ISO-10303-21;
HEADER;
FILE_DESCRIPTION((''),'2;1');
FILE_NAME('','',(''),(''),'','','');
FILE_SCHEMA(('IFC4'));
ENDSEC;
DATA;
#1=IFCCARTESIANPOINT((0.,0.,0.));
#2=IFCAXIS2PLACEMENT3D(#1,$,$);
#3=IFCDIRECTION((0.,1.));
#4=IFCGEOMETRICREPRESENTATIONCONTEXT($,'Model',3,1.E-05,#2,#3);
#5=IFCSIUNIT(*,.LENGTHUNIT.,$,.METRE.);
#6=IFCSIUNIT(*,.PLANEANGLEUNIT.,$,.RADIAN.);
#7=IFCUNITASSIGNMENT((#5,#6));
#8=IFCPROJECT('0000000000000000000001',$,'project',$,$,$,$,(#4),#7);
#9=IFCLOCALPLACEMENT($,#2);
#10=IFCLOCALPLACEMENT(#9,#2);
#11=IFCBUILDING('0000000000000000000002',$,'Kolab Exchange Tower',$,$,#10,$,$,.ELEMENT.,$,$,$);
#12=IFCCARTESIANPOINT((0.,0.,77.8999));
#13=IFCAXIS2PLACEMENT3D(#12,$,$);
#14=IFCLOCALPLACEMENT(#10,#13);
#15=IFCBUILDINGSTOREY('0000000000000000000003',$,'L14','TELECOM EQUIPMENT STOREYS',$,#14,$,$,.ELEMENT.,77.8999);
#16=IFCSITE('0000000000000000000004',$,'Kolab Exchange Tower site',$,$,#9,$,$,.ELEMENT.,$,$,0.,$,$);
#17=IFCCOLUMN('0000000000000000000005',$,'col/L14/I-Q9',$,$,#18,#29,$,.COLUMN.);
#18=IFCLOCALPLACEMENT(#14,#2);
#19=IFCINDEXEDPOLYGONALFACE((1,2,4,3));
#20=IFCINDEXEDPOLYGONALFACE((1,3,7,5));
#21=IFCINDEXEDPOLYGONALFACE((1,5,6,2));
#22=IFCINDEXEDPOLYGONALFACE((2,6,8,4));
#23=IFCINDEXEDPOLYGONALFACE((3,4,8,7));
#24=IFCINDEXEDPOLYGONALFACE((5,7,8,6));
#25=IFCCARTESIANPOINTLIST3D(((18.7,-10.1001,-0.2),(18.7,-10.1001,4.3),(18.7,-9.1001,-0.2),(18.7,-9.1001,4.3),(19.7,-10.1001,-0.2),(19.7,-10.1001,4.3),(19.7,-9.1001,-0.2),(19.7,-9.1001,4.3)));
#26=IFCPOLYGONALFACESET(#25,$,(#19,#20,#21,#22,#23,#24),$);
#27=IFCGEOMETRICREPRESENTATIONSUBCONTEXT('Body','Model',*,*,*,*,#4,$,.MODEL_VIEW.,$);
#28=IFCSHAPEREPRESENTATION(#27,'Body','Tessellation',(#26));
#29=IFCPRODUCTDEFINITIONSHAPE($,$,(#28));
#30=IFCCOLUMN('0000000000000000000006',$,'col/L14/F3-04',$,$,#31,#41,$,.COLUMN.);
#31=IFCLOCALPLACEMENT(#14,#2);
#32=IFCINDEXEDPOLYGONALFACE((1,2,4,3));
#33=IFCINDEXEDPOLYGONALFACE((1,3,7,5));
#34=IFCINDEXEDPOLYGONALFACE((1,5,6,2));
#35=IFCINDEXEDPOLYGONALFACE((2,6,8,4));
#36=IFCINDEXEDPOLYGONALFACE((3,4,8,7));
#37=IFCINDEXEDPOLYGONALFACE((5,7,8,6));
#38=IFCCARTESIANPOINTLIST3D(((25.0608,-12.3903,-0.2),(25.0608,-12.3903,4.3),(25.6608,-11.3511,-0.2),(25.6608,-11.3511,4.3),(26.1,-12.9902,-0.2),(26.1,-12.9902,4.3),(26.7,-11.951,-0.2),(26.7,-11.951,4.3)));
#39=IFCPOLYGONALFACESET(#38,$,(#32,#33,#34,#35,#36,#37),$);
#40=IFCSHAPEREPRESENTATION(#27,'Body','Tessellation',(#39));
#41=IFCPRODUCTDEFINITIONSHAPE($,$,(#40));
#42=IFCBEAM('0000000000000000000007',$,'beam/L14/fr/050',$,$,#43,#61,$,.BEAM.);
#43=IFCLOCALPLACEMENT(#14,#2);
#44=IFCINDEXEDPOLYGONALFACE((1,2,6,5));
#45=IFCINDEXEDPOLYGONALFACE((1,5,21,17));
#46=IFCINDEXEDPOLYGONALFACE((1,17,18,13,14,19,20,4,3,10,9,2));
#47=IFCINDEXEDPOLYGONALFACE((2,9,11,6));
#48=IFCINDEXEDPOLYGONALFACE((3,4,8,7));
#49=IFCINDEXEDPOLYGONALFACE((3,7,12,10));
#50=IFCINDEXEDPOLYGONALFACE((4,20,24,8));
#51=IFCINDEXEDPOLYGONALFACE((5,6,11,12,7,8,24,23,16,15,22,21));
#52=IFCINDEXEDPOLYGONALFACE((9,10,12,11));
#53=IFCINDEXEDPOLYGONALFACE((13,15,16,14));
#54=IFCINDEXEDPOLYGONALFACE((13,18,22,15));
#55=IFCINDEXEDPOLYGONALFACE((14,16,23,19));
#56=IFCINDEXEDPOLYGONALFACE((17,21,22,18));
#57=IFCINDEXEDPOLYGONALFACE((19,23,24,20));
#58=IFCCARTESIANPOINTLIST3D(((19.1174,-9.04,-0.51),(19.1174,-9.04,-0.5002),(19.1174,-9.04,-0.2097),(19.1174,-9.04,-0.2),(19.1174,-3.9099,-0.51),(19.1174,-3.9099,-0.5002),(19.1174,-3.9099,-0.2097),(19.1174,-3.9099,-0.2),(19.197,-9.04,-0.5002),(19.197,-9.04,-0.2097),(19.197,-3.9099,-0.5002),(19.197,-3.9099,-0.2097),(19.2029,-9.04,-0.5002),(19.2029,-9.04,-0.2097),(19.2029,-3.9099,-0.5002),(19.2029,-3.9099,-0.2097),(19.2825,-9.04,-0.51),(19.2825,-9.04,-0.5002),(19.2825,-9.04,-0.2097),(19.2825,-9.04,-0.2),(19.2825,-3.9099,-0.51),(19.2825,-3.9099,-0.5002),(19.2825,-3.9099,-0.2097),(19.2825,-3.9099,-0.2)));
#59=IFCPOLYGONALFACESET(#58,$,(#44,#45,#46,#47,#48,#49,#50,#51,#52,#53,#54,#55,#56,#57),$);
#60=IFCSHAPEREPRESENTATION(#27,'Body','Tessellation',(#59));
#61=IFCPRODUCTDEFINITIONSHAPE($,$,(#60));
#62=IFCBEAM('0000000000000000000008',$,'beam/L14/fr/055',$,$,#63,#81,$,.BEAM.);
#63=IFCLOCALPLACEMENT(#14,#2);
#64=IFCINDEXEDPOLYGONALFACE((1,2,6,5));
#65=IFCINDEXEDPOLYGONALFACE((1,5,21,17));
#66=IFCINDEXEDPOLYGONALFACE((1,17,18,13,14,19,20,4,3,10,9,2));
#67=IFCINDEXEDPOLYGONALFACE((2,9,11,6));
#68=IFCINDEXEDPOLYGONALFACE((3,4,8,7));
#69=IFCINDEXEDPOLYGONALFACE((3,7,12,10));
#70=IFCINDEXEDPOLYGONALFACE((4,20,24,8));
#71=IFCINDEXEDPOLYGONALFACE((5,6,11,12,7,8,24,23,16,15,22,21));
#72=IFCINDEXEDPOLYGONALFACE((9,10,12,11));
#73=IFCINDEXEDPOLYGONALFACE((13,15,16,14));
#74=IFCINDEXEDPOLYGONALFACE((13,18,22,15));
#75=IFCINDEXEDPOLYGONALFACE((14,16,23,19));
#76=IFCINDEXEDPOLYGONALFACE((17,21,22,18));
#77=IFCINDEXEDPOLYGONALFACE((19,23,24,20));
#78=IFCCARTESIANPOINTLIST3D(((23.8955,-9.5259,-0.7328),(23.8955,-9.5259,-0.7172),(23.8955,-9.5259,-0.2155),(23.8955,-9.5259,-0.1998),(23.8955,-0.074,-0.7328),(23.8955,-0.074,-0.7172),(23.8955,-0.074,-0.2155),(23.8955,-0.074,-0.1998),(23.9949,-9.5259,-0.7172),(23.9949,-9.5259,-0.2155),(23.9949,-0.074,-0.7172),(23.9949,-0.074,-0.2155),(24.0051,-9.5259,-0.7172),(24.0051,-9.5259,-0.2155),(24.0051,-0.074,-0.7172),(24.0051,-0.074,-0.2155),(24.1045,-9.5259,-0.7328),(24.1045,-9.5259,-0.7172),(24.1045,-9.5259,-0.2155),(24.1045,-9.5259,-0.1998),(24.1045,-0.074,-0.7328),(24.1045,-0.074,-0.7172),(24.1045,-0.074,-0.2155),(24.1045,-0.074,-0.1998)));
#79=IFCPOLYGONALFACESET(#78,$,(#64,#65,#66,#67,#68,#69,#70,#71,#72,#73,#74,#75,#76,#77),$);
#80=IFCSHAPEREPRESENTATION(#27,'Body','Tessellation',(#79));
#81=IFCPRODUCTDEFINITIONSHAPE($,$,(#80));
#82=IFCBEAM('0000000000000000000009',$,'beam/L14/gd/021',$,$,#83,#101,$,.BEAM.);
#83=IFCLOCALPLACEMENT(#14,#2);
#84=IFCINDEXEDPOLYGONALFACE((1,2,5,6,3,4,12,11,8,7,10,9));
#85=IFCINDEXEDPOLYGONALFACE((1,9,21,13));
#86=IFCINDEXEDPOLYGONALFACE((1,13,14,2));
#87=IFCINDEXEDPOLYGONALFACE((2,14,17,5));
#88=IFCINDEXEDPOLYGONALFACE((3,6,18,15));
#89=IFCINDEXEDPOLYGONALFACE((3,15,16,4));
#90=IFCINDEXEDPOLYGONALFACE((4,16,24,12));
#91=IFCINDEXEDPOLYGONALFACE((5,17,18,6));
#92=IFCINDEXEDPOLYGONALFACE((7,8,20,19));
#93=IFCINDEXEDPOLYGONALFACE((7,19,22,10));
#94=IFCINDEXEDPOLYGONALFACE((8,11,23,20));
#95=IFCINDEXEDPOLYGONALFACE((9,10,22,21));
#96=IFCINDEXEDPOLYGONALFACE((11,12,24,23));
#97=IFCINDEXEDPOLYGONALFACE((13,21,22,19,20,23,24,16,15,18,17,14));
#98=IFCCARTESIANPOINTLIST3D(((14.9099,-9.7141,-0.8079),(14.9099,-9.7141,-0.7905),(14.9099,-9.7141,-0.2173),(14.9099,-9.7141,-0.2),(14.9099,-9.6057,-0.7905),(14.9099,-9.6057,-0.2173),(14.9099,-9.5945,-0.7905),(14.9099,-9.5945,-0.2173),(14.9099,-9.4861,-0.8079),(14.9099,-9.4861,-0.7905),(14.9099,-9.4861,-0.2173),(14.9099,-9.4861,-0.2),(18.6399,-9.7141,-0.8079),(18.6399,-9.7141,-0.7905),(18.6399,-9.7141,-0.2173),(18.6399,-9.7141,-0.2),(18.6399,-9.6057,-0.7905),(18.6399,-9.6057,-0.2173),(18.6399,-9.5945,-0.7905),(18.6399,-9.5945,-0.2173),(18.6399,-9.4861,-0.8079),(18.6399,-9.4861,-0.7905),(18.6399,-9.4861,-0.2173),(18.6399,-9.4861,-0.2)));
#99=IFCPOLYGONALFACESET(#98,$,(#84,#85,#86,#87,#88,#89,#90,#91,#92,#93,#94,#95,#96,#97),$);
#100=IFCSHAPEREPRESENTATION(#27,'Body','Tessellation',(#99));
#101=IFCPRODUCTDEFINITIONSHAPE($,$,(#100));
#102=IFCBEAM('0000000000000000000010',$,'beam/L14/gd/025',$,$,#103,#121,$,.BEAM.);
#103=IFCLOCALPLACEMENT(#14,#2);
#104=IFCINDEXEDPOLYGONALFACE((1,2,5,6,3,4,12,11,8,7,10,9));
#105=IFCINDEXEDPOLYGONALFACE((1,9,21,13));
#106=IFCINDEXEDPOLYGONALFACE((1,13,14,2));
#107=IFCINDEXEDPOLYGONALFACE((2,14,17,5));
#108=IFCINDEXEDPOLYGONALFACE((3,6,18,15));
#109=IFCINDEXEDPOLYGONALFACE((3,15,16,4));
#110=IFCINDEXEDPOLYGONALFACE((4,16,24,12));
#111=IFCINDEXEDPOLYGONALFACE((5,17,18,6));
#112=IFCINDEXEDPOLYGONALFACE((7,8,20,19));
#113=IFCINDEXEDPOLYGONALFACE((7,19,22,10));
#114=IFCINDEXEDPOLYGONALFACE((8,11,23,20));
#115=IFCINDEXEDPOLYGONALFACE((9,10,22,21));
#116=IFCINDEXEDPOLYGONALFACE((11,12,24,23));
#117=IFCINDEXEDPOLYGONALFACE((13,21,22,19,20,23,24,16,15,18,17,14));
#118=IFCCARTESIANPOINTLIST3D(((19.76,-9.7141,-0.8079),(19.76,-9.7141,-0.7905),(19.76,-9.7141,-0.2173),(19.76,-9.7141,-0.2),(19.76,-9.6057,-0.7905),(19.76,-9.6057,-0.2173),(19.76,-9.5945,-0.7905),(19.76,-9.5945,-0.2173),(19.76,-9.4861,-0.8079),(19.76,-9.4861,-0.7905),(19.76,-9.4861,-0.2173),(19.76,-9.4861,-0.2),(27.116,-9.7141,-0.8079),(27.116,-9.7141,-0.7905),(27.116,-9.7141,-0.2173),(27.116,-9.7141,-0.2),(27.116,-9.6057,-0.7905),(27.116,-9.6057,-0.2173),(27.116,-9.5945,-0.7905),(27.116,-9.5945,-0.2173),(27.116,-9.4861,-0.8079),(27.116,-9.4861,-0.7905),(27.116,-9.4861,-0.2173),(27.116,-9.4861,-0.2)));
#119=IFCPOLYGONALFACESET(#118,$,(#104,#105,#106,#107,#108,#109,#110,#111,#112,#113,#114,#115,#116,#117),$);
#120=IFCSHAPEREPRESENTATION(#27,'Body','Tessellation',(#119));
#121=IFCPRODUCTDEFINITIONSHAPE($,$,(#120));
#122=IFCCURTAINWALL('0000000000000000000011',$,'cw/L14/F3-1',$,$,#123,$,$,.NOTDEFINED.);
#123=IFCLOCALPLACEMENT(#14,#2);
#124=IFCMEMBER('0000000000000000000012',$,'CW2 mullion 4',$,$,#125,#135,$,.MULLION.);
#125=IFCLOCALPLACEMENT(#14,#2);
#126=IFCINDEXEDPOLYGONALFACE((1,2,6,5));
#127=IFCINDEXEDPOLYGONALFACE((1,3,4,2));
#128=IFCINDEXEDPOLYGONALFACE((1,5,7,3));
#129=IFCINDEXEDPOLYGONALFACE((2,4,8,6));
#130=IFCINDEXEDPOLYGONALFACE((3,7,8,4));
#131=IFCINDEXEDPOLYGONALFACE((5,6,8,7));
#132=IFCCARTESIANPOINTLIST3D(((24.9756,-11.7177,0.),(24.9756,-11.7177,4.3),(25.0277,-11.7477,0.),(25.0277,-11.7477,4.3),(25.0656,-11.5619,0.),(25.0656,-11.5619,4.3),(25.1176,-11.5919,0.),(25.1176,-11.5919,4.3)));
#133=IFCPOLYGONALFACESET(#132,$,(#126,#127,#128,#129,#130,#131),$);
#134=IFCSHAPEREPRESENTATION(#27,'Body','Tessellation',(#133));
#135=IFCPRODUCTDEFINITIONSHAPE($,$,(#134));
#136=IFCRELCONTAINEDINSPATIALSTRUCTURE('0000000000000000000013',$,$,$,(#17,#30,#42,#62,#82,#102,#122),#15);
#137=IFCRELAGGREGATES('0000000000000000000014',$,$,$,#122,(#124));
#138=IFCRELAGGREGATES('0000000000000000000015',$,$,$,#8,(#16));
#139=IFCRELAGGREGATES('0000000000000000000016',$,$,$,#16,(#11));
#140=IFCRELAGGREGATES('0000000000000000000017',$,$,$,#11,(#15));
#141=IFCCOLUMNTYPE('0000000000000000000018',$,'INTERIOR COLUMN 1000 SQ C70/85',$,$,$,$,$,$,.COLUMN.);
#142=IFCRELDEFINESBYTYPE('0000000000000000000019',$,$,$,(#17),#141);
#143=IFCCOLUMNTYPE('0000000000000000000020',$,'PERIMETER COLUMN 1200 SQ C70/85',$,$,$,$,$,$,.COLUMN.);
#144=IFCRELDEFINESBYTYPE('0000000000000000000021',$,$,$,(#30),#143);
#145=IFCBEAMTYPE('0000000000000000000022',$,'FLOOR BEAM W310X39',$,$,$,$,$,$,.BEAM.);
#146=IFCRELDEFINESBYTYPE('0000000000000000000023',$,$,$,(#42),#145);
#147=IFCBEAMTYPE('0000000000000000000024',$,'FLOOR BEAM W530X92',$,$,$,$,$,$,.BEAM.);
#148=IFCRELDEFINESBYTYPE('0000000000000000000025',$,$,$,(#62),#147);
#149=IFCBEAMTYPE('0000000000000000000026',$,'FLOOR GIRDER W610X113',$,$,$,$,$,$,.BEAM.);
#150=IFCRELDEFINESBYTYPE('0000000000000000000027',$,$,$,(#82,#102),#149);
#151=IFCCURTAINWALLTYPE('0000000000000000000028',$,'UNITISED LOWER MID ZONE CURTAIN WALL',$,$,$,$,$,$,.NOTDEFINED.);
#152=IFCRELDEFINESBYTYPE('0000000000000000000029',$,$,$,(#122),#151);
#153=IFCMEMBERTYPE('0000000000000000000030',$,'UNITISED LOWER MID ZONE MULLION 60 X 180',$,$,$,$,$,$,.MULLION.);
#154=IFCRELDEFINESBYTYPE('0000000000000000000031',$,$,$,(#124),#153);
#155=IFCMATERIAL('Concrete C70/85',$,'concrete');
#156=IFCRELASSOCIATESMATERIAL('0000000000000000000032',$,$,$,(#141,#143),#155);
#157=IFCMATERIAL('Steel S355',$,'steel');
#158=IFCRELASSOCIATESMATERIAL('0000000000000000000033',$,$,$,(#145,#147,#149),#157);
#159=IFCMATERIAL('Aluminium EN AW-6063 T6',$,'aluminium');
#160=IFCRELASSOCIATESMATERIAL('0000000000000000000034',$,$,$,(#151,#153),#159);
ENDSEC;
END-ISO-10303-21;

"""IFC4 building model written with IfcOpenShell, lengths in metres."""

from ifc_helpers import new_model, si_unit, direction, frame, origin, origin_2d, place, context, subcontext, project, spatial, rectangle, i_section, extrude, material, material_profile, profile_set, type_object, element, aggregate, save


model = new_model("IFC4")

# Units and contexts
model_context = context("Model", 3, precision=1e-05, world=origin(), true_north=direction((0.0, 1.0)))
body_context = subcontext(model_context, "Body", "Model", "MODEL_VIEW")
ifc_project = project(units=[si_unit("LENGTHUNIT", "METRE"), si_unit("PLANEANGLEUNIT", "RADIAN")], contexts=[model_context])

# Site, building, storey
site_placement = place(None, origin())
site = spatial("IfcSite", under=ifc_project, at=site_placement, Name="Kolab Exchange Tower site", CompositionType="ELEMENT", RefElevation=0.0)
building_placement = place(site_placement, origin())
building = spatial("IfcBuilding", under=site, at=building_placement, Name="Kolab Exchange Tower", CompositionType="ELEMENT")
storey_placement = place(building_placement, frame((0.0, 0.0, 77.8999)))
storey = spatial("IfcBuildingStorey", under=building, at=storey_placement, Name="L14", Description="TELECOM EQUIPMENT STOREYS", CompositionType="ELEMENT", Elevation=77.8999)

# Columns
ifc_material_1 = material(Name="Concrete C70/85", Category="concrete")
ifc_material_profile_1 = material_profile(ifc_material_1, rectangle(XDim=1.0, YDim=1.0, at=origin_2d()), Name="RC1000")
ifc_profile_set_1 = profile_set([ifc_material_profile_1], Name="Concrete C70/85")
column_type_1 = type_object("IfcColumnType", Name="INTERIOR COLUMN 1000 SQ C70/85", PredefinedType="COLUMN", material=ifc_profile_set_1)
column_1_placement = place(storey_placement, frame((19.2, -9.6001, -0.2), z_axis=(0.0, 0.0, 1.0), x_axis=(1.0, 0.0, 0.0)))
element("IfcColumn", 1, at=column_1_placement, inside=storey, type_object=column_type_1, Name="col/L14/I-Q9", PredefinedType="COLUMN", context=body_context, shape_type="SweptSolid", body=[
    extrude(rectangle(XDim=1.0, YDim=1.0, at=origin_2d()), origin(), (0.0, 0.0, 1.0), 4.5),
])
ifc_material_profile_2 = material_profile(ifc_material_1, rectangle(XDim=1.2, YDim=1.2, at=origin_2d()), Name="RC1200")
ifc_profile_set_2 = profile_set([ifc_material_profile_2], Name="Concrete C70/85")
column_type_2 = type_object("IfcColumnType", Name="PERIMETER COLUMN 1200 SQ C70/85", PredefinedType="COLUMN", material=ifc_profile_set_2)
column_2_placement = place(storey_placement, frame((25.8804, -12.1707, -0.2), z_axis=(0.0, 0.0, 1.0), x_axis=(0.5, 0.866025, 0.0)))
element("IfcColumn", 2, at=column_2_placement, inside=storey, type_object=column_type_2, Name="col/L14/F3-04", PredefinedType="COLUMN", context=body_context, shape_type="SweptSolid", body=[
    extrude(rectangle(XDim=1.2, YDim=1.2, at=origin_2d()), origin(), (0.0, 0.0, 1.0), 4.5),
])

# Beams
ifc_material_2 = material(Name="Steel S355", Category="steel")
ifc_material_profile_3 = material_profile(ifc_material_2, i_section(OverallWidth=0.165, OverallDepth=0.3101, WebThickness=0.0059, FlangeThickness=0.0098, at=origin_2d()), Name="W310X39")
ifc_profile_set_3 = profile_set([ifc_material_profile_3], Name="Steel S355")
beam_type_1 = type_object("IfcBeamType", Name="FLOOR BEAM W310X39", PredefinedType="BEAM", material=ifc_profile_set_3)
beam_1_placement = place(storey_placement, frame((19.2, -9.04, -0.355), z_axis=(0.0, 1.0, 0.0), x_axis=(-1.0, 0.0, 0.0)))
element("IfcBeam", 3, at=beam_1_placement, inside=storey, type_object=beam_type_1, Name="beam/L14/fr/050", PredefinedType="BEAM", context=body_context, shape_type="SweptSolid", body=[
    extrude(i_section(OverallWidth=0.165, OverallDepth=0.3101, WebThickness=0.0059, FlangeThickness=0.0098, at=origin_2d()), origin(), (0.0, 0.0, 1.0), 5.1301),
])
ifc_material_profile_4 = material_profile(ifc_material_2, i_section(OverallWidth=0.209, OverallDepth=0.533, WebThickness=0.0103, FlangeThickness=0.0156, at=origin_2d()), Name="W530X92")
ifc_profile_set_4 = profile_set([ifc_material_profile_4], Name="Steel S355")
beam_type_2 = type_object("IfcBeamType", Name="FLOOR BEAM W530X92", PredefinedType="BEAM", material=ifc_profile_set_4)
beam_2_placement = place(storey_placement, frame((24.0, -9.5259, -0.4663), z_axis=(0.0, 1.0, 0.0), x_axis=(-1.0, 0.0, 0.0)))
element("IfcBeam", 4, at=beam_2_placement, inside=storey, type_object=beam_type_2, Name="beam/L14/fr/055", PredefinedType="BEAM", context=body_context, shape_type="SweptSolid", body=[
    extrude(i_section(OverallWidth=0.209, OverallDepth=0.533, WebThickness=0.0103, FlangeThickness=0.0156, at=origin_2d()), origin(), (0.0, 0.0, 1.0), 9.4519),
])
ifc_material_profile_5 = material_profile(ifc_material_2, i_section(OverallWidth=0.228, OverallDepth=0.6079, WebThickness=0.0112, FlangeThickness=0.0173, at=origin_2d()), Name="W610X113")
ifc_profile_set_5 = profile_set([ifc_material_profile_5], Name="Steel S355")
beam_type_3 = type_object("IfcBeamType", Name="FLOOR GIRDER W610X113", PredefinedType="BEAM", material=ifc_profile_set_5)
beam_3_placement = place(storey_placement, frame((14.9099, -9.6001, -0.5039), z_axis=(1.0, 0.0, 0.0), x_axis=(0.0, 1.0, 0.0)))
element("IfcBeam", 5, at=beam_3_placement, inside=storey, type_object=beam_type_3, Name="beam/L14/gd/021", PredefinedType="BEAM", context=body_context, shape_type="SweptSolid", body=[
    extrude(i_section(OverallWidth=0.228, OverallDepth=0.6079, WebThickness=0.0112, FlangeThickness=0.0173, at=origin_2d()), origin(), (0.0, 0.0, 1.0), 3.73),
])
beam_4_placement = place(storey_placement, frame((19.76, -9.6001, -0.5039), z_axis=(1.0, 0.0, 0.0), x_axis=(0.0, 1.0, 0.0)))
element("IfcBeam", 6, at=beam_4_placement, inside=storey, type_object=beam_type_3, Name="beam/L14/gd/025", PredefinedType="BEAM", context=body_context, shape_type="SweptSolid", body=[
    extrude(i_section(OverallWidth=0.228, OverallDepth=0.6079, WebThickness=0.0112, FlangeThickness=0.0173, at=origin_2d()), origin(), (0.0, 0.0, 1.0), 7.356),
])

# Curtain wall, member
ifc_material_3 = material(Name="Aluminium EN AW-6063 T6", Category="aluminium")
curtain_wall_type = type_object("IfcCurtainWallType", Name="UNITISED LOWER MID ZONE CURTAIN WALL", PredefinedType="NOTDEFINED", material=ifc_material_3)
curtain_wall_placement = place(storey_placement, origin())
curtain_wall = element("IfcCurtainWall", 7, at=curtain_wall_placement, inside=storey, type_object=curtain_wall_type, Name="cw/L14/F3-1", PredefinedType="NOTDEFINED")
ifc_material_profile_6 = material_profile(ifc_material_3, rectangle(XDim=0.0601, YDim=0.1799, at=origin_2d()), Name="RECT 60X180")
ifc_profile_set_6 = profile_set([ifc_material_profile_6], Name="Aluminium EN AW-6063 T6")
member_type = type_object("IfcMemberType", Name="UNITISED LOWER MID ZONE MULLION 60 X 180", PredefinedType="MULLION", material=ifc_profile_set_6)
member_placement = place(storey_placement, frame((25.0466, -11.6548, 0.0), z_axis=(0.0, 0.0, 1.0), x_axis=(0.866025, -0.5, 0.0)))
member = element("IfcMember", 8, at=member_placement, type_object=member_type, Name="CW2 mullion 4", PredefinedType="MULLION", context=body_context, shape_type="SweptSolid", body=[
    extrude(rectangle(XDim=0.0601, YDim=0.1799, at=origin_2d()), origin(), (0.0, 0.0, 1.0), 4.3),
])
aggregate(curtain_wall, [member])

save(model, "model.ifc")
